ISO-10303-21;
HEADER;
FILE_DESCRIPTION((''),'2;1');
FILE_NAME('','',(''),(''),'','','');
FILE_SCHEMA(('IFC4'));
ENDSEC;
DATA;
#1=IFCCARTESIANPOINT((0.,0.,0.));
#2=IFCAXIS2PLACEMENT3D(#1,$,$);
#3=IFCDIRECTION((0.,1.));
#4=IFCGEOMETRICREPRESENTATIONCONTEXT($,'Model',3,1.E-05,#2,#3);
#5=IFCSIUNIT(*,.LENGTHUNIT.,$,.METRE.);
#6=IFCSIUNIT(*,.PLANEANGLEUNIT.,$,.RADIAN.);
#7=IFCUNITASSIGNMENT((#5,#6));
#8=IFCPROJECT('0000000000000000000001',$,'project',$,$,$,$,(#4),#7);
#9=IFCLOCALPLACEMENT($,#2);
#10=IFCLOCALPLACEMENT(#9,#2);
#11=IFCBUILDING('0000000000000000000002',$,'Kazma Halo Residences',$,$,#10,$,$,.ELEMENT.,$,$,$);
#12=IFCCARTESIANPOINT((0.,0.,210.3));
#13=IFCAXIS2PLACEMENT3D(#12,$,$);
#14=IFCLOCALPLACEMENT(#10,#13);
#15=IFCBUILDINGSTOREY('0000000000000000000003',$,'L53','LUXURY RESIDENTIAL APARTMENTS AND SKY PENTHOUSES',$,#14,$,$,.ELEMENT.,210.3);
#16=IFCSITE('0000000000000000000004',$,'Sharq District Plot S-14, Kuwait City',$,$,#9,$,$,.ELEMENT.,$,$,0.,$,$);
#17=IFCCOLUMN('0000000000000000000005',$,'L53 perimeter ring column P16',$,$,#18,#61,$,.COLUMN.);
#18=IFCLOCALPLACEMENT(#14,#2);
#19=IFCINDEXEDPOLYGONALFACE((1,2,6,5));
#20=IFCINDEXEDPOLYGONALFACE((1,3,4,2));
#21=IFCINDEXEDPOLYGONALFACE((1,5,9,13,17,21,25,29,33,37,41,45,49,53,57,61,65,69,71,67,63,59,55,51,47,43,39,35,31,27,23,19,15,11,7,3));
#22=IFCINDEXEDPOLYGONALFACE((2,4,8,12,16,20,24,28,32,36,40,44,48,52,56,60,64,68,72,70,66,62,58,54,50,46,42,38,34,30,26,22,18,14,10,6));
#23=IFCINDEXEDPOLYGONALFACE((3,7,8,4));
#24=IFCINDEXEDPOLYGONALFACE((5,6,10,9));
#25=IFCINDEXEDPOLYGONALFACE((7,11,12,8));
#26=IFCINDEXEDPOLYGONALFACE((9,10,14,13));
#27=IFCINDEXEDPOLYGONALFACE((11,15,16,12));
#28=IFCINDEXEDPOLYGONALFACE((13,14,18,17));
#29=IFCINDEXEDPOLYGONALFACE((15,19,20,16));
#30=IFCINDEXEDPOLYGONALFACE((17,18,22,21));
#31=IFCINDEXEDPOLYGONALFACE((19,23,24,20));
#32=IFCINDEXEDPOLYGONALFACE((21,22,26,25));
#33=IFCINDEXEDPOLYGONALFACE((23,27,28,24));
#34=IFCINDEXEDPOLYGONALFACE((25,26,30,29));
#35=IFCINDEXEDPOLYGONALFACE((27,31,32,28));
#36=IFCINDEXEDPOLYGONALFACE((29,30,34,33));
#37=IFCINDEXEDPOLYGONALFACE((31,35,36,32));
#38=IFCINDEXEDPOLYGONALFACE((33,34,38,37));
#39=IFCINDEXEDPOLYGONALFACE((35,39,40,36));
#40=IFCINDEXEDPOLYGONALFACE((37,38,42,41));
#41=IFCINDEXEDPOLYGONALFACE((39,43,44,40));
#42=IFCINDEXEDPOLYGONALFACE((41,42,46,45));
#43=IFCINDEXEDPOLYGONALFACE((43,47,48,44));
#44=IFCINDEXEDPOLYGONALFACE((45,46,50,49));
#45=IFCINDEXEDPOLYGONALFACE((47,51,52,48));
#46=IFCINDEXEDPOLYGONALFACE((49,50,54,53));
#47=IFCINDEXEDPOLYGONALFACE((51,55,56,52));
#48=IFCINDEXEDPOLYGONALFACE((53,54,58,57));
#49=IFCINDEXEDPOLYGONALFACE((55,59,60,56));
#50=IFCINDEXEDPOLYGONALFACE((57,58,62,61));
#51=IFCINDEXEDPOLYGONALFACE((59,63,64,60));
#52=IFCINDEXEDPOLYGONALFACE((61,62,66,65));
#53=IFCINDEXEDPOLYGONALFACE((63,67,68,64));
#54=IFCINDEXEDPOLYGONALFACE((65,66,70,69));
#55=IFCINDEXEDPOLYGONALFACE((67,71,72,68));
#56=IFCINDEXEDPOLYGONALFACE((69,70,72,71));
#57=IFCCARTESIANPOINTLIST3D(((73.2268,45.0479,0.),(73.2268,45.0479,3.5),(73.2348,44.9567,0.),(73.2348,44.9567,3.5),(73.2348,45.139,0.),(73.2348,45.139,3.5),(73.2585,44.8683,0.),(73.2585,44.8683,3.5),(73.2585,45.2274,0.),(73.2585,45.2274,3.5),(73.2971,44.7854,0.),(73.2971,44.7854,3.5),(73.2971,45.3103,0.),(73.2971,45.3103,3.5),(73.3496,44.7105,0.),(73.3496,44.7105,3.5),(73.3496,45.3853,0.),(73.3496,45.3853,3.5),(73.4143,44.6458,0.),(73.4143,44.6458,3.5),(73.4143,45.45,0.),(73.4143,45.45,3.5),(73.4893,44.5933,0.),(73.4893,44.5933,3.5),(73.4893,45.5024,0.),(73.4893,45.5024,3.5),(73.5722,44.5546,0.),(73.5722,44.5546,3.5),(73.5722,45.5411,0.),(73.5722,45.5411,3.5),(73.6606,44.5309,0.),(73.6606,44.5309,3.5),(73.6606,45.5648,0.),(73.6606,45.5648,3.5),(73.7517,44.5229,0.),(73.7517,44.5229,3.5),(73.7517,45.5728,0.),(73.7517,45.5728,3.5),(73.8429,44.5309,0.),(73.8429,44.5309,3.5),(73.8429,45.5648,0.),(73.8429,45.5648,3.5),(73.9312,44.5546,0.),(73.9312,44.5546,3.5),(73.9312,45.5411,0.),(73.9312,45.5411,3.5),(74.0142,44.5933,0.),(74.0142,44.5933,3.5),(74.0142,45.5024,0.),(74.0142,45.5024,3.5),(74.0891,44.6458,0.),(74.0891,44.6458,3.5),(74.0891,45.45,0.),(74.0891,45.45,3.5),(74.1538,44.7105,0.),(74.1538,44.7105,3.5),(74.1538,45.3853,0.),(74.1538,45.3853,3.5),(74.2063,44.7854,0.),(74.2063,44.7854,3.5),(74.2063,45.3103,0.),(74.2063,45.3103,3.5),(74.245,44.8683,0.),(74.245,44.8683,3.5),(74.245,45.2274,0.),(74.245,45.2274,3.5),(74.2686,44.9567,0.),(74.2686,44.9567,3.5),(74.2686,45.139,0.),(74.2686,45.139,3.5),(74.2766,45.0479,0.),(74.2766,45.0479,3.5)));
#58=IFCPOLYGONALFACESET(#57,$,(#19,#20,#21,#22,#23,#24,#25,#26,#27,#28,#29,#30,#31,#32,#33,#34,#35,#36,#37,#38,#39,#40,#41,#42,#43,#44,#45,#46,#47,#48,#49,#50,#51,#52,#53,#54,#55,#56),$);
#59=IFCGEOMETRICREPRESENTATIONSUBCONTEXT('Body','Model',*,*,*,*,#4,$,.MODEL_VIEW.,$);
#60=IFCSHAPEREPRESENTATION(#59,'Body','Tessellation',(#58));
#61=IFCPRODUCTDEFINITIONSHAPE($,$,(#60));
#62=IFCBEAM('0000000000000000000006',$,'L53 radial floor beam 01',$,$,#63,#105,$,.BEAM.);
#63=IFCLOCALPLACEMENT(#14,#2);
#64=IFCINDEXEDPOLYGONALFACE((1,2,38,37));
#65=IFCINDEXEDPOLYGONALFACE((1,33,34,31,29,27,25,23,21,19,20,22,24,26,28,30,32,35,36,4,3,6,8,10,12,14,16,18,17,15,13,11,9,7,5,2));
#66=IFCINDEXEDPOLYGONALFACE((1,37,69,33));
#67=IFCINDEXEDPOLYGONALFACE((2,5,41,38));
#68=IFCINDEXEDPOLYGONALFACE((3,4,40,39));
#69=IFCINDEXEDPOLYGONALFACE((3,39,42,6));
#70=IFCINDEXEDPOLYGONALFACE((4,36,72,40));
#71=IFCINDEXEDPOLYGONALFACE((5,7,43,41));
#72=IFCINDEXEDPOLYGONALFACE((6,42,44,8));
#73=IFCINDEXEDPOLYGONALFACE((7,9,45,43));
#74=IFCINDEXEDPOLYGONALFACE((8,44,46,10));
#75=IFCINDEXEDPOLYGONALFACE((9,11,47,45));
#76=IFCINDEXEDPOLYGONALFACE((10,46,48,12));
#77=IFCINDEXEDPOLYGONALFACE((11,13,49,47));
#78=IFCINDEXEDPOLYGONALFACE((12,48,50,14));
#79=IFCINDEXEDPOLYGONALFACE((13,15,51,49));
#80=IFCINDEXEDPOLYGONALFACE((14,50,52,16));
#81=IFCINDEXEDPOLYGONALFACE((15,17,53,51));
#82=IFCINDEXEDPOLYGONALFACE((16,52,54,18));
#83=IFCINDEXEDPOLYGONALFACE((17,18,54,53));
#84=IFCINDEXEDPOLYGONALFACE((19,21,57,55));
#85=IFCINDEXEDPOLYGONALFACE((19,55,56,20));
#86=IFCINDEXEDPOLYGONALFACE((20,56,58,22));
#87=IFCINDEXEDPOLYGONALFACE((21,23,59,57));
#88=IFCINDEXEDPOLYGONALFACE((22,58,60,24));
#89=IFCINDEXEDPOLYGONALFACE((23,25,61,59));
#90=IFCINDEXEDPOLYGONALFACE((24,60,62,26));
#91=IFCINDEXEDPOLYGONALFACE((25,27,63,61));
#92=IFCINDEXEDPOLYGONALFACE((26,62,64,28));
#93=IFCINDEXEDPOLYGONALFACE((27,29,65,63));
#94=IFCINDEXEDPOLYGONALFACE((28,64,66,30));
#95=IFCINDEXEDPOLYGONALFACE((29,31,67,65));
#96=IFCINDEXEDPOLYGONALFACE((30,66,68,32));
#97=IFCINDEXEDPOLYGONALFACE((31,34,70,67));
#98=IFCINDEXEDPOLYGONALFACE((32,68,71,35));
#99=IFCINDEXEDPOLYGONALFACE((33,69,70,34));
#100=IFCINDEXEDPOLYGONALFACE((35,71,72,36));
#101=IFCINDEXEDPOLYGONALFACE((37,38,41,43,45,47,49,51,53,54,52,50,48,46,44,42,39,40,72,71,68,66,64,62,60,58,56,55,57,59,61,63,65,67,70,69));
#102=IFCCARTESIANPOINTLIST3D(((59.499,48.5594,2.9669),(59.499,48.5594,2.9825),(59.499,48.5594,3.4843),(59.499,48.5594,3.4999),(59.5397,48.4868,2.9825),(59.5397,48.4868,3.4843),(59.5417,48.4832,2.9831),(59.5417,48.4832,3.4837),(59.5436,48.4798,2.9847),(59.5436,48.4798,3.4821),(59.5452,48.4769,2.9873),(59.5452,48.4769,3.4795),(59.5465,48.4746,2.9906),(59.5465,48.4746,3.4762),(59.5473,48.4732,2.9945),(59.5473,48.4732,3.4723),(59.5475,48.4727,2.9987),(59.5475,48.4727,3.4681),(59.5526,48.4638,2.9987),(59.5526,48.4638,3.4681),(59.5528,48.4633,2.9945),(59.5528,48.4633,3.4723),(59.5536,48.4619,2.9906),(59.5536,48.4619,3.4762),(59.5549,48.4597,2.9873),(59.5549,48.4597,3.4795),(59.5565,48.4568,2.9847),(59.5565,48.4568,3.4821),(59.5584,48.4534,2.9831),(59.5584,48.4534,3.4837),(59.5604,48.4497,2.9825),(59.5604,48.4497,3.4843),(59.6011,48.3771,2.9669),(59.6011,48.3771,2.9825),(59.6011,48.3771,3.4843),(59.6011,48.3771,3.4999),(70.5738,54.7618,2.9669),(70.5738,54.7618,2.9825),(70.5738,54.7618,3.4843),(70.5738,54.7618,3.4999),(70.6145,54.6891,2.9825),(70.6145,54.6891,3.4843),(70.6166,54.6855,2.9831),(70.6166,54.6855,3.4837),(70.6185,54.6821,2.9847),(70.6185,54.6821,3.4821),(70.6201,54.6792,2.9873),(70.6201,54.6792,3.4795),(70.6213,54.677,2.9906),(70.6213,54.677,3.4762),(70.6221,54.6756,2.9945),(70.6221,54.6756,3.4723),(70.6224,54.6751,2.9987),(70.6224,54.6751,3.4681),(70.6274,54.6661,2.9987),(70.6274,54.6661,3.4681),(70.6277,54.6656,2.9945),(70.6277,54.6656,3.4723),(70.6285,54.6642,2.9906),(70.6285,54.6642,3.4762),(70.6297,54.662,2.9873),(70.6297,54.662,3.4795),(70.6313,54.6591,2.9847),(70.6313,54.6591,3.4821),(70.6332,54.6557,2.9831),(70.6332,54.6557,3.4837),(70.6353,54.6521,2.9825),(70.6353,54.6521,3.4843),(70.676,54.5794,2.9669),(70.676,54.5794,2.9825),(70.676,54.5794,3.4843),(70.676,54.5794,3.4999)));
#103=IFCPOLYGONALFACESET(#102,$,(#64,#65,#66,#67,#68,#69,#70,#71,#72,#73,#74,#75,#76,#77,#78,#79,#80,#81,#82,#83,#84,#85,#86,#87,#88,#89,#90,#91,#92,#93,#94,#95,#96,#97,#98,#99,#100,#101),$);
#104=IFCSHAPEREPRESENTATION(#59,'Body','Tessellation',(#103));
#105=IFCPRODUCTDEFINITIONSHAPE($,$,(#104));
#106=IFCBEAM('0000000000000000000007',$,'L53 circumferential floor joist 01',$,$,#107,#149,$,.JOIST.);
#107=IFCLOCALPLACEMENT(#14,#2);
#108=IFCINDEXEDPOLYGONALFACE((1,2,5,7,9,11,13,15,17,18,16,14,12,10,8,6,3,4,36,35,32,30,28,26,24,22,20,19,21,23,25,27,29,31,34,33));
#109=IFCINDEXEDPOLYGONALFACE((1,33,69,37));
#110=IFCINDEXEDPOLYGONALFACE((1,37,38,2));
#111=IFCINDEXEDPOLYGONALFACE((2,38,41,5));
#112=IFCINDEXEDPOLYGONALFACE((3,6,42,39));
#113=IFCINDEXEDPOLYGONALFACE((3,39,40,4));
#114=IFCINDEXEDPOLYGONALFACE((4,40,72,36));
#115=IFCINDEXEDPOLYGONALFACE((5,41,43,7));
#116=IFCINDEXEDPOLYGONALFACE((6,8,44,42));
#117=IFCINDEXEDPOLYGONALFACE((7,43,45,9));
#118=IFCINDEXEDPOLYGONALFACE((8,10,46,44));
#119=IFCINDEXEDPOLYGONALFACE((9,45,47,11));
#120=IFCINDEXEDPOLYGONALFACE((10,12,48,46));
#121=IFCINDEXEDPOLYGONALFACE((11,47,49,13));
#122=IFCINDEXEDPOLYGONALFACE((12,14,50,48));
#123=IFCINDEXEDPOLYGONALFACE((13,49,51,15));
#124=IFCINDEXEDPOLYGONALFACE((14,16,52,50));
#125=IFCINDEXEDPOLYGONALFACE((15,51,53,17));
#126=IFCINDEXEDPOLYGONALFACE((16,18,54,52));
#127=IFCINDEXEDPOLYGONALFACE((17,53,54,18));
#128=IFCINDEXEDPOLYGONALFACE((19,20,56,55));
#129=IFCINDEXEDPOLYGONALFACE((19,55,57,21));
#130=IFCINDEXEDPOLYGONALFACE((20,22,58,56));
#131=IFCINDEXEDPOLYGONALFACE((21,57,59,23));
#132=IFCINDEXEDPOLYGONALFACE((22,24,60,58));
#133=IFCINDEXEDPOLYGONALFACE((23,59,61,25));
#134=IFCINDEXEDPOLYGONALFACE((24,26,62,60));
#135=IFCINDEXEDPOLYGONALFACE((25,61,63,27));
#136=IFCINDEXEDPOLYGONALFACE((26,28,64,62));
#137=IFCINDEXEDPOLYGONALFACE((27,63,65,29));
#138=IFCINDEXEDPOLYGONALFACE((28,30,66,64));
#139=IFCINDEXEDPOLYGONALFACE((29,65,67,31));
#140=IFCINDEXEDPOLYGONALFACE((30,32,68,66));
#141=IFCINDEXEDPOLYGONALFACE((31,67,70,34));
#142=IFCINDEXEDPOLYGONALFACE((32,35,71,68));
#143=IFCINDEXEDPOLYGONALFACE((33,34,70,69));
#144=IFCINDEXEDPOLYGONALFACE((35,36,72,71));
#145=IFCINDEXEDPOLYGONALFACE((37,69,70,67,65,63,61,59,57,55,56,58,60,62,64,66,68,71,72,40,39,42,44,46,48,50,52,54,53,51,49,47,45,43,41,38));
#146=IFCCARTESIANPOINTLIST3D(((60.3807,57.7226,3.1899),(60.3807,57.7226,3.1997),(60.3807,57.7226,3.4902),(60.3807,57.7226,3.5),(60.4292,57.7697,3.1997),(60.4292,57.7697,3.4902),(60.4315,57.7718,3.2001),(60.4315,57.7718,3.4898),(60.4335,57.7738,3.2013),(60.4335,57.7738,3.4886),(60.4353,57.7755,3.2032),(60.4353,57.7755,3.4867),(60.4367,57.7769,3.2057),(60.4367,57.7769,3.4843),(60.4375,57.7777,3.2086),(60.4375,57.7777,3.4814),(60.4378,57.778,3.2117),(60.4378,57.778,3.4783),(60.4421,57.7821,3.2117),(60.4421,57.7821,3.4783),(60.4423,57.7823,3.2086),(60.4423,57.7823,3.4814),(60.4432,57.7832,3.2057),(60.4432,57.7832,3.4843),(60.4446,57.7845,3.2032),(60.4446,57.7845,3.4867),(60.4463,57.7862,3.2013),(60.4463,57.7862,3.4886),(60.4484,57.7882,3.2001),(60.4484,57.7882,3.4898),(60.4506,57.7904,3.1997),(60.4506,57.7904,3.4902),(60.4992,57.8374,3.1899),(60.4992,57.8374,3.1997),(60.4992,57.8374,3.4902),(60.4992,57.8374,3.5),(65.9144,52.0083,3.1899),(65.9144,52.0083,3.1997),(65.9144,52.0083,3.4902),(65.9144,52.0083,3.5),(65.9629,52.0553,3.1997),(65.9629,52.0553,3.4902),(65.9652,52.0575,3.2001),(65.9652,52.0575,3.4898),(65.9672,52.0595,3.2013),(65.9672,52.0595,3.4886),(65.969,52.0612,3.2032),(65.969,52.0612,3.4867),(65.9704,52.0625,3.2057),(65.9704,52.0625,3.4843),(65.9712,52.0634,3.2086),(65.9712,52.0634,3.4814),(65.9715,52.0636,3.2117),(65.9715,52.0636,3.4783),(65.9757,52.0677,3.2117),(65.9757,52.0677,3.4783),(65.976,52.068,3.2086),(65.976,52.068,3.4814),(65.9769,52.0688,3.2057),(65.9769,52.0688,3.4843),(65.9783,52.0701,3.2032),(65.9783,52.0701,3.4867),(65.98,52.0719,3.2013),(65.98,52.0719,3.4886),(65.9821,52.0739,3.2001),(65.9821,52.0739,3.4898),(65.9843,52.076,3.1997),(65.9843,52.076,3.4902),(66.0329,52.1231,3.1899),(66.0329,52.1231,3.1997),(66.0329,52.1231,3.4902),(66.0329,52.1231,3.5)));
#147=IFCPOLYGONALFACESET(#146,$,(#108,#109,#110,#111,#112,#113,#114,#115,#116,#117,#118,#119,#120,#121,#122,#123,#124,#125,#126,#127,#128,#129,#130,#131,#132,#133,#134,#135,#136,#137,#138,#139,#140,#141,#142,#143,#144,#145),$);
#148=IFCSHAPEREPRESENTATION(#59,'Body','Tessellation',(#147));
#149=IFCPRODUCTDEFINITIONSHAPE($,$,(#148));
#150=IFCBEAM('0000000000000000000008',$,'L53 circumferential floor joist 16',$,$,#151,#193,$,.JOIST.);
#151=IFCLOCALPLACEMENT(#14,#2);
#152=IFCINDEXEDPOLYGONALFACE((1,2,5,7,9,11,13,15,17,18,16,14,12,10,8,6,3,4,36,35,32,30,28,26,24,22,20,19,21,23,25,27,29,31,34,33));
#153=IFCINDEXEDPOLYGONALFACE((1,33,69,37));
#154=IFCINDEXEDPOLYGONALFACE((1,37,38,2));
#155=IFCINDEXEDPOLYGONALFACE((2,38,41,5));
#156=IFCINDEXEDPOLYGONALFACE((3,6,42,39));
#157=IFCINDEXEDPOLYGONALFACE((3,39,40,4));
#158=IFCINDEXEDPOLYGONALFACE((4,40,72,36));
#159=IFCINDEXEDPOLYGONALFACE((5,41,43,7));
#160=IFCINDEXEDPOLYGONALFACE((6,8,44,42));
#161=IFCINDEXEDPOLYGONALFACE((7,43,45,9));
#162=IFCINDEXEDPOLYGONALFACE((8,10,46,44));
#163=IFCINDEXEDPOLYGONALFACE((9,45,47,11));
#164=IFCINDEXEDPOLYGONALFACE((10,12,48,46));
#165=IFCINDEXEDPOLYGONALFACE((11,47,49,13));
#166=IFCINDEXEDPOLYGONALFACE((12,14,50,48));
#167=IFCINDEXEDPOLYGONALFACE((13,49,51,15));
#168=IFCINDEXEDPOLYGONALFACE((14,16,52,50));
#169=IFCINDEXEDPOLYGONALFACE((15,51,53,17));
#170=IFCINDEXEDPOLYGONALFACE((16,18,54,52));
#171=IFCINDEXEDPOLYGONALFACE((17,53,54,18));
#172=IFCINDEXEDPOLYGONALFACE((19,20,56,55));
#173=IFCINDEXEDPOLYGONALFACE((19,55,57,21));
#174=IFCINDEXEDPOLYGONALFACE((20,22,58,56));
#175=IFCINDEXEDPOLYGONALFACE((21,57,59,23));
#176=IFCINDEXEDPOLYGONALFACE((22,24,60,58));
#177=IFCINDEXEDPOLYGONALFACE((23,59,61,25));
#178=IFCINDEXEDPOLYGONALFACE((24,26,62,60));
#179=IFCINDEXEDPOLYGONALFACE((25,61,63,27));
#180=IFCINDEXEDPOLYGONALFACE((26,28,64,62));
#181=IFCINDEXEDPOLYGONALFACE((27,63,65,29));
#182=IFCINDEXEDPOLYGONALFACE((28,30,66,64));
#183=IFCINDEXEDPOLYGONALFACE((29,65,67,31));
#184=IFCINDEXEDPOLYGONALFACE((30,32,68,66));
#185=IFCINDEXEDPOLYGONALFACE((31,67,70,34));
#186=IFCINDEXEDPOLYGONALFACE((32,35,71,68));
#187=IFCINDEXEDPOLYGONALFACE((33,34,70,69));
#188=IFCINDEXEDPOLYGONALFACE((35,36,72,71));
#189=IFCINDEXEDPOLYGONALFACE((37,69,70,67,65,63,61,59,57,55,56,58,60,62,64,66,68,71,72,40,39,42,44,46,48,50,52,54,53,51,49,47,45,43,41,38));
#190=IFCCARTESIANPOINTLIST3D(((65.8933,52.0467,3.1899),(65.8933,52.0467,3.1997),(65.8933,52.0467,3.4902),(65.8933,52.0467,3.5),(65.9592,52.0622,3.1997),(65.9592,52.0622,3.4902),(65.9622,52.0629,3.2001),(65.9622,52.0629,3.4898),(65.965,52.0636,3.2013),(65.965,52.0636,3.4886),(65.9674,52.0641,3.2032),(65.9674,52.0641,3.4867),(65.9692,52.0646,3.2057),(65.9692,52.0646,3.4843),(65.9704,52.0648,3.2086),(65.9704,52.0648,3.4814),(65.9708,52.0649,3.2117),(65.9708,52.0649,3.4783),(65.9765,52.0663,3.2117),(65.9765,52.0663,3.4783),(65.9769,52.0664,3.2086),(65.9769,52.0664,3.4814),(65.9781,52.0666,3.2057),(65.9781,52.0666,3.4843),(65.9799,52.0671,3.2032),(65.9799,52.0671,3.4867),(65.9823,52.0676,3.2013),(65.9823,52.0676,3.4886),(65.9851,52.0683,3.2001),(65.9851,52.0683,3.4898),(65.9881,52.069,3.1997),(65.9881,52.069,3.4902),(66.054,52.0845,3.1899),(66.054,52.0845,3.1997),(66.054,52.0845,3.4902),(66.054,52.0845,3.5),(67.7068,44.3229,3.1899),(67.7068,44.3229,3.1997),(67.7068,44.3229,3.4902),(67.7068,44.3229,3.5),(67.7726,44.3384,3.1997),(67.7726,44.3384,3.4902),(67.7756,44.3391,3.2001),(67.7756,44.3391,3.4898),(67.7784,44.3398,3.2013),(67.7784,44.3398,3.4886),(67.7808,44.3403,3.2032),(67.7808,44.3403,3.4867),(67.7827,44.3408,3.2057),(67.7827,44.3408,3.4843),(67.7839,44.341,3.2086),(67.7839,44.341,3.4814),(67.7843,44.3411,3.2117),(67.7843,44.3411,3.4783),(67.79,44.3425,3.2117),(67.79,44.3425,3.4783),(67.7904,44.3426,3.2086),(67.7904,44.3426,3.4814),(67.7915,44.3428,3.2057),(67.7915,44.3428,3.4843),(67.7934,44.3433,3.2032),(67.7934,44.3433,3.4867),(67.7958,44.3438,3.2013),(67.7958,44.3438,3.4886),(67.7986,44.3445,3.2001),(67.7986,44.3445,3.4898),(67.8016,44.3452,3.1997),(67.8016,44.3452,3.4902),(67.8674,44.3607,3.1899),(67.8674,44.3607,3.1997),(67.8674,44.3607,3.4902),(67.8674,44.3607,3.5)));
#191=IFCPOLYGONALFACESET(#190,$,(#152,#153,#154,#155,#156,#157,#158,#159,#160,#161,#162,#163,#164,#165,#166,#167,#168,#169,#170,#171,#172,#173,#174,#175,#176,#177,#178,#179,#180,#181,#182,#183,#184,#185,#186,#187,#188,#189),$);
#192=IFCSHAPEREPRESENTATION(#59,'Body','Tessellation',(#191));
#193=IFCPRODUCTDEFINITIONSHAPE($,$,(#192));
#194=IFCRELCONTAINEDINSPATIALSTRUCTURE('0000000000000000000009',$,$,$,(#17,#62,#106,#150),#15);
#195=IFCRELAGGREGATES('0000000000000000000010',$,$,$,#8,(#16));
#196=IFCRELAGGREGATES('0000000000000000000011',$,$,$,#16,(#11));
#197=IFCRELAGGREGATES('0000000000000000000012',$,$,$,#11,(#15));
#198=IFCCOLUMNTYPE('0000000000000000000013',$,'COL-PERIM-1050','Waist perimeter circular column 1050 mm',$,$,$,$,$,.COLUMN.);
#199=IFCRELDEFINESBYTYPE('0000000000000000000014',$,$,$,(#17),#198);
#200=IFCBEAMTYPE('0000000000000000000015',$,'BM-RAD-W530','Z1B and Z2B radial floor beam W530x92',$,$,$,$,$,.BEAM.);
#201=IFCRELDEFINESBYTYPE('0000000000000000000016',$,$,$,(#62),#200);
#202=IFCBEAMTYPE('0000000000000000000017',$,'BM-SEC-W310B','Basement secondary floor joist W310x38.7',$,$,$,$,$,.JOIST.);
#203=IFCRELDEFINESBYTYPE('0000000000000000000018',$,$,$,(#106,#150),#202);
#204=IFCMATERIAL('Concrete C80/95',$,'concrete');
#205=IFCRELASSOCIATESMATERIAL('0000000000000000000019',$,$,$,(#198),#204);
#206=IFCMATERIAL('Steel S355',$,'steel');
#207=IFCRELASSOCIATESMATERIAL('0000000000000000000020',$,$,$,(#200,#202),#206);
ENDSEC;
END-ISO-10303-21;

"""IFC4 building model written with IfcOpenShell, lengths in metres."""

from ifc_helpers import new_model, si_unit, direction, frame, origin, origin_2d, place, context, subcontext, project, spatial, circle, i_section, extrude, material, material_profile, profile_set, type_object, element, save


model = new_model("IFC4")

# Units and contexts
model_context = context("Model", 3, precision=1e-05, world=origin(), true_north=direction((0.0, 1.0)))
body_context = subcontext(model_context, "Body", "Model", "MODEL_VIEW")
ifc_project = project(units=[si_unit("LENGTHUNIT", "METRE"), si_unit("PLANEANGLEUNIT", "RADIAN")], contexts=[model_context])

# Site, building, storey
site_placement = place(None, origin())
site = spatial("IfcSite", under=ifc_project, at=site_placement, Name="Sharq District Plot S-14, Kuwait City", CompositionType="ELEMENT", RefElevation=0.0)
building_placement = place(site_placement, origin())
building = spatial("IfcBuilding", under=site, at=building_placement, Name="Kazma Halo Residences", CompositionType="ELEMENT")
storey_placement = place(building_placement, frame((0.0, 0.0, 210.3)))
storey = spatial("IfcBuildingStorey", under=building, at=storey_placement, Name="L53", Description="LUXURY RESIDENTIAL APARTMENTS AND SKY PENTHOUSES", CompositionType="ELEMENT", Elevation=210.3)

# Column
ifc_material_1 = material(Name="Concrete C80/95", Category="concrete")
ifc_material_profile_1 = material_profile(ifc_material_1, circle(Radius=0.5249, at=origin_2d()), Name="CIRC1050")
ifc_profile_set_1 = profile_set([ifc_material_profile_1], Name="Concrete C80/95")
column_type = type_object("IfcColumnType", Name="COL-PERIM-1050", Description="Waist perimeter circular column 1050 mm", PredefinedType="COLUMN", material=ifc_profile_set_1)
column_placement = place(storey_placement, frame((73.7517, 45.0479, 0.0), z_axis=(0.0, 0.0, 1.0), x_axis=(1.0, 0.0, 0.0)))
element("IfcColumn", 1, at=column_placement, inside=storey, type_object=column_type, Name="L53 perimeter ring column P16", PredefinedType="COLUMN", context=body_context, shape_type="SweptSolid", body=[
    extrude(circle(Radius=0.5249, at=origin_2d()), origin(), (0.0, 0.0, 1.0), 3.5),
])

# Beams
ifc_material_2 = material(Name="Steel S355", Category="steel")
ifc_material_profile_2 = material_profile(ifc_material_2, i_section(OverallWidth=0.209, OverallDepth=0.533, WebThickness=0.0103, FlangeThickness=0.0156, FilletRadius=0.0161, at=origin_2d()), Name="W530x92")
ifc_profile_set_2 = profile_set([ifc_material_profile_2], Name="Steel S355")
beam_type_1 = type_object("IfcBeamType", Name="BM-RAD-W530", Description="Z1B and Z2B radial floor beam W530x92", PredefinedType="BEAM", material=ifc_profile_set_2)
beam_1_placement = place(storey_placement, frame((59.55, 48.4683, 3.2334), z_axis=(0.872492, 0.488629, 0.0), x_axis=(-0.488629, 0.872492, 0.0)))
element("IfcBeam", 2, at=beam_1_placement, inside=storey, type_object=beam_type_1, Name="L53 radial floor beam 01", PredefinedType="BEAM", context=body_context, shape_type="SweptSolid", body=[
    extrude(i_section(OverallWidth=0.209, OverallDepth=0.533, WebThickness=0.0103, FlangeThickness=0.0156, FilletRadius=0.0161, at=origin_2d()), origin(), (0.0, 0.0, 1.0), 12.6934),
])
ifc_material_profile_3 = material_profile(ifc_material_2, i_section(OverallWidth=0.165, OverallDepth=0.3101, WebThickness=0.0059, FlangeThickness=0.0098, FilletRadius=0.012, at=origin_2d()), Name="W310x38.7")
ifc_profile_set_3 = profile_set([ifc_material_profile_3], Name="Steel S355")
beam_type_2 = type_object("IfcBeamType", Name="BM-SEC-W310B", Description="Basement secondary floor joist W310x38.7", PredefinedType="JOIST", material=ifc_profile_set_3)
beam_2_placement = place(storey_placement, frame((65.9736, 52.0657, 3.345), z_axis=(-0.69566, 0.718372, 0.0), x_axis=(-0.718372, -0.69566, 0.0)))
element("IfcBeam", 3, at=beam_2_placement, inside=storey, type_object=beam_type_2, Name="L53 circumferential floor joist 01", PredefinedType="JOIST", context=body_context, shape_type="SweptSolid", body=[
    extrude(i_section(OverallWidth=0.165, OverallDepth=0.3101, WebThickness=0.0059, FlangeThickness=0.0098, FilletRadius=0.012, at=origin_2d()), origin(), (0.0, 0.0, 1.0), 7.9546),
])
beam_3_placement = place(storey_placement, frame((67.7871, 44.3418, 3.345), z_axis=(-0.228573, 0.973527, 0.0), x_axis=(-0.973527, -0.228573, 0.0)))
element("IfcBeam", 4, at=beam_3_placement, inside=storey, type_object=beam_type_2, Name="L53 circumferential floor joist 16", PredefinedType="JOIST", context=body_context, shape_type="SweptSolid", body=[
    extrude(i_section(OverallWidth=0.165, OverallDepth=0.3101, WebThickness=0.0059, FlangeThickness=0.0098, FilletRadius=0.012, at=origin_2d()), origin(), (0.0, 0.0, 1.0), 7.9338),
])

save(model, "model.ifc")
